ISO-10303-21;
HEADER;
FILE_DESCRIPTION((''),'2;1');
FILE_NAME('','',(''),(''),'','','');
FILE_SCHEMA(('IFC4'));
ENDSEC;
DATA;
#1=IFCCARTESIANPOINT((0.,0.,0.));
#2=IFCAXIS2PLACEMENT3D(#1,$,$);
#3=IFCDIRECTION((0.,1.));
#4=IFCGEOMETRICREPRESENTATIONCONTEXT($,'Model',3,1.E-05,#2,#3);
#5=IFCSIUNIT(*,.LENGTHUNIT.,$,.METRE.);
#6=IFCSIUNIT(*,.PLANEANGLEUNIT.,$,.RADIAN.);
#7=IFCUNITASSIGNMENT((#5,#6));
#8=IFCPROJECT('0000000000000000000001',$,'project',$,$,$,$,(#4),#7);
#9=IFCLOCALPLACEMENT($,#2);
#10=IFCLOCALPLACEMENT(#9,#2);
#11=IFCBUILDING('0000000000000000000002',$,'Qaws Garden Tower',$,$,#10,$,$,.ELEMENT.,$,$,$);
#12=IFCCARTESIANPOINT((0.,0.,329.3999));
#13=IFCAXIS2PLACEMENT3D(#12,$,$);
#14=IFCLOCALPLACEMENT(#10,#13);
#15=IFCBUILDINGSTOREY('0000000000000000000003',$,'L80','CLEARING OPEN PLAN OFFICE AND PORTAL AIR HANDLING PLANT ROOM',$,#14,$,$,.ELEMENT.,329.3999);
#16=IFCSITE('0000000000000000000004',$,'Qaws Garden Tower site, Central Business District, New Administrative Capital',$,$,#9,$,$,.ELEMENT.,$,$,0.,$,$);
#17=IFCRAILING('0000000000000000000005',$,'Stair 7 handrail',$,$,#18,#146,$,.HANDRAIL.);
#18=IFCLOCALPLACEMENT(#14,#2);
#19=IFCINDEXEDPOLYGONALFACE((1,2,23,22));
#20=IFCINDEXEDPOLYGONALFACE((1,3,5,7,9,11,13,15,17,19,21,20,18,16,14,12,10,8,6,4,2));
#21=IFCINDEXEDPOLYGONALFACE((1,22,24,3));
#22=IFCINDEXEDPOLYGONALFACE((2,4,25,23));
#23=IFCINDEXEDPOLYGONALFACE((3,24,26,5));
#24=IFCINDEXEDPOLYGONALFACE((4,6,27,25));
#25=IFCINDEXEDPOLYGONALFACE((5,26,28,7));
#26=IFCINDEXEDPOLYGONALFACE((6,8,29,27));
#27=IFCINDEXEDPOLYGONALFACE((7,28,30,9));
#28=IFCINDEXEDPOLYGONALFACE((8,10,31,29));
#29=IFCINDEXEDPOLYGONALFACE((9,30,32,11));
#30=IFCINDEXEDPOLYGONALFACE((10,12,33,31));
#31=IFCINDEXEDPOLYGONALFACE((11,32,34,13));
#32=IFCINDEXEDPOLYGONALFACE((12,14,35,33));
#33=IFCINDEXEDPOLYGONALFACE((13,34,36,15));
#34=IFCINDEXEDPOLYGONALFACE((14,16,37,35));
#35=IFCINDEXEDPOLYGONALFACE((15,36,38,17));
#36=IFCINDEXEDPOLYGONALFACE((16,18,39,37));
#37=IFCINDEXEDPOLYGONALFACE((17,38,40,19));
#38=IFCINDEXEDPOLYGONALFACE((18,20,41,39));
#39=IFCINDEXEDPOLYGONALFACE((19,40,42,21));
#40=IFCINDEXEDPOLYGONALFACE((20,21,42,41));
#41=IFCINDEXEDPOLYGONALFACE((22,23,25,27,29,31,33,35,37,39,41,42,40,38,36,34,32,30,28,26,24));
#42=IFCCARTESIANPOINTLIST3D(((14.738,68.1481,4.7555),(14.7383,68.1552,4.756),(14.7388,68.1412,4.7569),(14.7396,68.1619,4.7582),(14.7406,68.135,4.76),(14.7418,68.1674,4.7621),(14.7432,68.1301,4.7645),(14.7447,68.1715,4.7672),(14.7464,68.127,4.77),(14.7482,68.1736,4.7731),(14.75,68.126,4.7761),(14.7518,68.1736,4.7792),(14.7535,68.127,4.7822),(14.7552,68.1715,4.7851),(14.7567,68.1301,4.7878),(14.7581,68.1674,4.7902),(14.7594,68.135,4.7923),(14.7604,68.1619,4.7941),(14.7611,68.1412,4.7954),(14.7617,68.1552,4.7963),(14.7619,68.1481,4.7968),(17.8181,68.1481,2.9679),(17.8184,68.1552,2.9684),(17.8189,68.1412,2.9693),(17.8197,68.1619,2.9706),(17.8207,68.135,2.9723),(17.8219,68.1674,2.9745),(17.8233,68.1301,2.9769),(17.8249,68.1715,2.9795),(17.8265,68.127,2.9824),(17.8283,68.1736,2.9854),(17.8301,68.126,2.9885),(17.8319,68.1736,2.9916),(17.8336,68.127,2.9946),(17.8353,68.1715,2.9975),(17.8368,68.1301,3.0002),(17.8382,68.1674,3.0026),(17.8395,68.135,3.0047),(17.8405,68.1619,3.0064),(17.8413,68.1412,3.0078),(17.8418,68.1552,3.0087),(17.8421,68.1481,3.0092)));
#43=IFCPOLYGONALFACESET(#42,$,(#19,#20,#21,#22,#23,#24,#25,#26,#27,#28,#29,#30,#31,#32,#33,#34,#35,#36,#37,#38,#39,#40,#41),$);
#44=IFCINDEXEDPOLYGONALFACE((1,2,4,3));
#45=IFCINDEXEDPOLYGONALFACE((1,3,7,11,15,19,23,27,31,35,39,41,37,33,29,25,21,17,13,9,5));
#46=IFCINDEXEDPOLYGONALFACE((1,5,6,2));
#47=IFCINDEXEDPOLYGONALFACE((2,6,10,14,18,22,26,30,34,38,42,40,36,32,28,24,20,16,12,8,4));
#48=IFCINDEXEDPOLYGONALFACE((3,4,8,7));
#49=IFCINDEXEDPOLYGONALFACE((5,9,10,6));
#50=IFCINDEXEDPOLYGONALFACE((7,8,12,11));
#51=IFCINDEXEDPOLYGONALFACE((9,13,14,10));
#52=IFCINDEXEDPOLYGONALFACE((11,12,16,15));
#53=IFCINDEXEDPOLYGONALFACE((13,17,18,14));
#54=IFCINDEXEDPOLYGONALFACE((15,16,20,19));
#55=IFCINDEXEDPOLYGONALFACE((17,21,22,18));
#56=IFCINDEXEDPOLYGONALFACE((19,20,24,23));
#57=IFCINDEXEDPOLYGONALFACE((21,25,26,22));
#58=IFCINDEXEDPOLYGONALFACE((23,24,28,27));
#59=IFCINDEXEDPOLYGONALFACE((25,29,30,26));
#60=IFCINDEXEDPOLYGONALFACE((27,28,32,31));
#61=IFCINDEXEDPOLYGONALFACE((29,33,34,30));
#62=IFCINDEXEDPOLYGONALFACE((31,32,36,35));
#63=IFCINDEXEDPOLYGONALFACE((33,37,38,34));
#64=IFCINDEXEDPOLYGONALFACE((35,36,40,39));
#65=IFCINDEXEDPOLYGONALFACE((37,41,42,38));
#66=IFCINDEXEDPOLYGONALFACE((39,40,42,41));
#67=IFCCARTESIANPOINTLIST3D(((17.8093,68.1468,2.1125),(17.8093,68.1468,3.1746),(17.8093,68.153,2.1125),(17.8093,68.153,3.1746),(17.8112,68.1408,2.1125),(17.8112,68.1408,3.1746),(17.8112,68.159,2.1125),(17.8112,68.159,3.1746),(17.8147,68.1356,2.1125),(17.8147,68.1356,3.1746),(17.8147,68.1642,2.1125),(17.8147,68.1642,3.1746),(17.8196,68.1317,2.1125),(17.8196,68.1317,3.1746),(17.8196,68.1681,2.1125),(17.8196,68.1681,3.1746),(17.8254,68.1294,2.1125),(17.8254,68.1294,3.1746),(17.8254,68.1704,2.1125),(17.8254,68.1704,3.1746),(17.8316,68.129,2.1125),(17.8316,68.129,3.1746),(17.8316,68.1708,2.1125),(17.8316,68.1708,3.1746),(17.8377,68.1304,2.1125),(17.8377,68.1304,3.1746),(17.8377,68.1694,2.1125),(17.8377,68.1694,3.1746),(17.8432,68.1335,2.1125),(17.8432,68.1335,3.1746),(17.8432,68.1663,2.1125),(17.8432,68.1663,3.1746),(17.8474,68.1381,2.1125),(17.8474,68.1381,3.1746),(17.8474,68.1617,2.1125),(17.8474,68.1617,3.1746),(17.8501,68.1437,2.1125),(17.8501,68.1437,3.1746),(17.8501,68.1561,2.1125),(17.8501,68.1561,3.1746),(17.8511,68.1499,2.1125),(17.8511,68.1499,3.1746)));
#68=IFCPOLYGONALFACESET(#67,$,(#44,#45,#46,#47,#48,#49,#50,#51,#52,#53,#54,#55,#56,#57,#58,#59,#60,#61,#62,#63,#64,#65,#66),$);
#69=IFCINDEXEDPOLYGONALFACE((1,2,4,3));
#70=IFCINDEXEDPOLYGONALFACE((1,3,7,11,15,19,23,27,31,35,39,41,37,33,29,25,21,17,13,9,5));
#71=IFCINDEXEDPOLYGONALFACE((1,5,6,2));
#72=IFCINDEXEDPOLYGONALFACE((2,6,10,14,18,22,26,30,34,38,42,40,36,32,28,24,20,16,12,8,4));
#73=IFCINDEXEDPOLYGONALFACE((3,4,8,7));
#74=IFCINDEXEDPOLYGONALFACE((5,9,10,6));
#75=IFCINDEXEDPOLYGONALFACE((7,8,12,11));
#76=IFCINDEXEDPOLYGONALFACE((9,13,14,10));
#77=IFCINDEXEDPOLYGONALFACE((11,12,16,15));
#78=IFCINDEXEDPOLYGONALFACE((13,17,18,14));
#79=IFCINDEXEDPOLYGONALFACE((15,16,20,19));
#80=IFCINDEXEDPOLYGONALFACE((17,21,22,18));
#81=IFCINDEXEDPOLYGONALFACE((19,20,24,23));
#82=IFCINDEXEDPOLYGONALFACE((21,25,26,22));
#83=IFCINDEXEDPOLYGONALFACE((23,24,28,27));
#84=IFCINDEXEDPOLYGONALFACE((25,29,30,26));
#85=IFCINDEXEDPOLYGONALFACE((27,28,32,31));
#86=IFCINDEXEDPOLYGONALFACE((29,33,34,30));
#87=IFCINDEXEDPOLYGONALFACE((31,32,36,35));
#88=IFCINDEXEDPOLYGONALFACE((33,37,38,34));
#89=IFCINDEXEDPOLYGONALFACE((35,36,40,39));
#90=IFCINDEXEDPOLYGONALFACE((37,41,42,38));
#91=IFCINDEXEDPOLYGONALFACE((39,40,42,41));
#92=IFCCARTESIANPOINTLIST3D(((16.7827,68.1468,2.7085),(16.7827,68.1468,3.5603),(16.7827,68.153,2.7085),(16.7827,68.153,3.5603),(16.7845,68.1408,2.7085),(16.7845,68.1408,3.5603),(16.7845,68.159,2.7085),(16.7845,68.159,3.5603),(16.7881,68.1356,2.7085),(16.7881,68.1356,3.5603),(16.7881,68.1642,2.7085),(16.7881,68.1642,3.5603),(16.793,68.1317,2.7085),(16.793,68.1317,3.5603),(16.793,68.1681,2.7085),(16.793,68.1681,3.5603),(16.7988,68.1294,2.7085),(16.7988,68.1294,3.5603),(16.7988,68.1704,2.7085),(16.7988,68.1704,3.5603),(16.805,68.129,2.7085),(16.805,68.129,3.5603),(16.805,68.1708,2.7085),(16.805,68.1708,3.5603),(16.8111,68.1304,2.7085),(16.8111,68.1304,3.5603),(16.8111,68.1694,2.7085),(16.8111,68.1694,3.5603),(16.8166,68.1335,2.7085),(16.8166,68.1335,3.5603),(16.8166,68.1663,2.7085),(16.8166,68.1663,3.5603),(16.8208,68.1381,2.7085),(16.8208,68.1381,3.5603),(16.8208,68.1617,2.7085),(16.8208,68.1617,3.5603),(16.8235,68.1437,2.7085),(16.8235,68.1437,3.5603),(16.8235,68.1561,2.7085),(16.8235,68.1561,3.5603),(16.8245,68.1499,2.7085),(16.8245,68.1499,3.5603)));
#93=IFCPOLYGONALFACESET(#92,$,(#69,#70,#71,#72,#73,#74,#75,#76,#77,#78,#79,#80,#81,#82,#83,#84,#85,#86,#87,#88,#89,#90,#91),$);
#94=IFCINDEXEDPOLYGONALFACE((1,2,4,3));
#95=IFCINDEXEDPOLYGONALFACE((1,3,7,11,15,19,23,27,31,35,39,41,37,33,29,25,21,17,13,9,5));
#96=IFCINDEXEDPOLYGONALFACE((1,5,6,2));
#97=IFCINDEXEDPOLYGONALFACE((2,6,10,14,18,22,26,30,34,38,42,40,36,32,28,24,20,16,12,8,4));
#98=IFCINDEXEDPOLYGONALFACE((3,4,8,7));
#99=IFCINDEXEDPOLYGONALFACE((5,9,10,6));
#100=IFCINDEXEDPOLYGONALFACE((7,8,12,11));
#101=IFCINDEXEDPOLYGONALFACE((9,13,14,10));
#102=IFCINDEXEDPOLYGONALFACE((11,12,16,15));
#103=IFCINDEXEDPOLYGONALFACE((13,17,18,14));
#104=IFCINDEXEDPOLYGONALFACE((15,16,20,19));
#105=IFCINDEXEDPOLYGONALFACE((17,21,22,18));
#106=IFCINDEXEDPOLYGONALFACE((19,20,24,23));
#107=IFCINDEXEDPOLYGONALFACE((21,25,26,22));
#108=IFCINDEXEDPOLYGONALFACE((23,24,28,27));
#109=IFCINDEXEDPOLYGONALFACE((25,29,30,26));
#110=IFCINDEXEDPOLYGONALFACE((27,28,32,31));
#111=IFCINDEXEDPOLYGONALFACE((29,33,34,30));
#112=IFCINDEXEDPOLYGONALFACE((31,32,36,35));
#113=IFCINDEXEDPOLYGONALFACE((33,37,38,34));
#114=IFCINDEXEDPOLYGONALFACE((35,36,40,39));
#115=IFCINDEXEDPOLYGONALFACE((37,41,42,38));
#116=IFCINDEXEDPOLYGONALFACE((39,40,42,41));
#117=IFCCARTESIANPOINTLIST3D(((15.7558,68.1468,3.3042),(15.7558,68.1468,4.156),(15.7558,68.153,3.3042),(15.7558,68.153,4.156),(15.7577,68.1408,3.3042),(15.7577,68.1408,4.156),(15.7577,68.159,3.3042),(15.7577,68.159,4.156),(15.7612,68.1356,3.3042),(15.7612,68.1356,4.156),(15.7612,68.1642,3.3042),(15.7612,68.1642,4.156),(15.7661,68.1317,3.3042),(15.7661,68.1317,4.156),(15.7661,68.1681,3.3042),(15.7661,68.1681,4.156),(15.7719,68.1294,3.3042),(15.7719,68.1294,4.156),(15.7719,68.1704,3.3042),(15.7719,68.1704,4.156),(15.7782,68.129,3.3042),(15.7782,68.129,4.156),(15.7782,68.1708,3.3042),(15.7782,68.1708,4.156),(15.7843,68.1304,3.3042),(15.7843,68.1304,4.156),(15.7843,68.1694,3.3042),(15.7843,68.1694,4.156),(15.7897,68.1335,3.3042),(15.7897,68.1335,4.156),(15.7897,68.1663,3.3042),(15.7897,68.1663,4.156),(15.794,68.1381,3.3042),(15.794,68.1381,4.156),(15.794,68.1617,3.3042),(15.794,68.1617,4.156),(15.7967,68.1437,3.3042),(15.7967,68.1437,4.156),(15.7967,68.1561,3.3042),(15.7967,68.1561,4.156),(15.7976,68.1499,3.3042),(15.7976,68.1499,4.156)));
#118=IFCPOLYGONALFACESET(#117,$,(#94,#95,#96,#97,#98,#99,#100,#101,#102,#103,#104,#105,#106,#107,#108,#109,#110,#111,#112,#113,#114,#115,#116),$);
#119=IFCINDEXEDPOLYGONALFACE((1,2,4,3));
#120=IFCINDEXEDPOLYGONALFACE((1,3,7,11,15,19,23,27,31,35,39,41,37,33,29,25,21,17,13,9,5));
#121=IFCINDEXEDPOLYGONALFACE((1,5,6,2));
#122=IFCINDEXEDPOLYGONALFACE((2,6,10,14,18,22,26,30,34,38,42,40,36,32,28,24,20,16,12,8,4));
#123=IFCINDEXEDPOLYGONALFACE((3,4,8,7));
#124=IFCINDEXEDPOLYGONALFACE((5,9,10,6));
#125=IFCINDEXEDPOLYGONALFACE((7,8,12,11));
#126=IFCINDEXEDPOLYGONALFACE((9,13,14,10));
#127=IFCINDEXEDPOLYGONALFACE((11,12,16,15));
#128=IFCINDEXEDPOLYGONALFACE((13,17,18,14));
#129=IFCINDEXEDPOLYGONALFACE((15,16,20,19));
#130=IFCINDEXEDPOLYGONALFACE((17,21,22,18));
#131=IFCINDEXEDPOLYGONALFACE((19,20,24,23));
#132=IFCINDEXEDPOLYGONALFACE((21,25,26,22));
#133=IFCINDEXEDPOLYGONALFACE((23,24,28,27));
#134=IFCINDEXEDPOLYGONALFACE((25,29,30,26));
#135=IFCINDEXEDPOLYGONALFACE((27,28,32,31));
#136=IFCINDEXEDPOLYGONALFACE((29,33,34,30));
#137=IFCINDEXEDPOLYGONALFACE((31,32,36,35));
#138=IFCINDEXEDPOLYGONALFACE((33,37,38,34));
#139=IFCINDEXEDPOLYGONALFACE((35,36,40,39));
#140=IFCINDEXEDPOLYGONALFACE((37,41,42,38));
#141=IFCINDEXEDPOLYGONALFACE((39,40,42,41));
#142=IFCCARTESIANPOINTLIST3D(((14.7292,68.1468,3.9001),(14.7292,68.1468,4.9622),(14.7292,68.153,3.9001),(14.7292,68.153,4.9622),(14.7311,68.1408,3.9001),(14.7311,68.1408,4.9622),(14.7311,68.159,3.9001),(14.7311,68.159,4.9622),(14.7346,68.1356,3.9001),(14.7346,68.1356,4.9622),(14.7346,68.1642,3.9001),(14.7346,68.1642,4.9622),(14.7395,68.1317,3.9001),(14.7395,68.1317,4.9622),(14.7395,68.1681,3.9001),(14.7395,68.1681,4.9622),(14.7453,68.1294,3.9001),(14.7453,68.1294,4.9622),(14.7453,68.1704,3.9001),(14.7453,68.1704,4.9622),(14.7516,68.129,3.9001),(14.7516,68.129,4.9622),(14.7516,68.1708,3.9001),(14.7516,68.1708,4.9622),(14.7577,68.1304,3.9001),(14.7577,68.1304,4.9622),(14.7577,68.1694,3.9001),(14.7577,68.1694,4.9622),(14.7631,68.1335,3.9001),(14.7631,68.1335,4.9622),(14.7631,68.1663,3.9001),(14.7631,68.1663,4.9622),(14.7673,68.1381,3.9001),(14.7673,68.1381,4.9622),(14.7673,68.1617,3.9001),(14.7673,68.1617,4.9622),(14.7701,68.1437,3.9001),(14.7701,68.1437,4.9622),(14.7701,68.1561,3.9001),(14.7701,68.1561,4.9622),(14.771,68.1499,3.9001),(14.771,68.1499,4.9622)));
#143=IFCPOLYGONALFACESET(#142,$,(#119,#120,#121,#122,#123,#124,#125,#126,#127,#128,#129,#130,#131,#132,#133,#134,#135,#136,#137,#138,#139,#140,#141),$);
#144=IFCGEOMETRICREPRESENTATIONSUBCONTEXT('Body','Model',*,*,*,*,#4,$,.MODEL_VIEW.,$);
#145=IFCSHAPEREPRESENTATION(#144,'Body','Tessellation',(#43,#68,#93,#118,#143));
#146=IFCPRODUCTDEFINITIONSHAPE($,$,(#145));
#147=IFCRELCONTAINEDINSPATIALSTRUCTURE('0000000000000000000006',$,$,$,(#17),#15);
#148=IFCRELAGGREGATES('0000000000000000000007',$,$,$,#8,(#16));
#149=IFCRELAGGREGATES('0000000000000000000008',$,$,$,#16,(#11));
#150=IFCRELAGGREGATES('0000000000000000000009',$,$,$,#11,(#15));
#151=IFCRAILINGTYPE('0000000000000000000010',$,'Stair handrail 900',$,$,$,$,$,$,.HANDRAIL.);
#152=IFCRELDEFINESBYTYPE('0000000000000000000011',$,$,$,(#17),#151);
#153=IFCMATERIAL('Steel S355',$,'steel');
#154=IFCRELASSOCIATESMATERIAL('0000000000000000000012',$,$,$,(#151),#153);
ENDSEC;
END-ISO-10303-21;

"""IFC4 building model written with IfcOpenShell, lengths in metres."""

from ifc_helpers import new_model, si_unit, direction, frame, origin, origin_2d, place, context, subcontext, project, spatial, circle, extrude, material, type_object, element, save


model = new_model("IFC4")

# Units and contexts
model_context = context("Model", 3, precision=1e-05, world=origin(), true_north=direction((0.0, 1.0)))
body_context = subcontext(model_context, "Body", "Model", "MODEL_VIEW")
ifc_project = project(units=[si_unit("LENGTHUNIT", "METRE"), si_unit("PLANEANGLEUNIT", "RADIAN")], contexts=[model_context])

# Site, building, storey
site_placement = place(None, origin())
site = spatial("IfcSite", under=ifc_project, at=site_placement, Name="Qaws Garden Tower site, Central Business District, New Administrative Capital", CompositionType="ELEMENT", RefElevation=0.0)
building_placement = place(site_placement, origin())
building = spatial("IfcBuilding", under=site, at=building_placement, Name="Qaws Garden Tower", CompositionType="ELEMENT")
storey_placement = place(building_placement, frame((0.0, 0.0, 329.3999)))
storey = spatial("IfcBuildingStorey", under=building, at=storey_placement, Name="L80", Description="CLEARING OPEN PLAN OFFICE AND PORTAL AIR HANDLING PLANT ROOM", CompositionType="ELEMENT", Elevation=329.3999)

# Railing
ifc_material_1 = material(Name="Steel S355", Category="steel")
railing_type = type_object("IfcRailingType", Name="Stair handrail 900", PredefinedType="HANDRAIL", material=ifc_material_1)
railing_1_placement = place(storey_placement, frame((17.8301, 68.1499, 2.1125)))
element("IfcRailing", 1, at=railing_1_placement, inside=storey, type_object=railing_type, Name="Stair 7 handrail", PredefinedType="HANDRAIL", context=body_context, shape_type="SweptSolid", body=[
    extrude(circle(Radius=0.0239, at=origin_2d()), frame((0.0, 0.0, 0.876), z_axis=(-0.864891, 0.0, 0.50196), x_axis=(0.0, -1.0, 0.0)), (0.0, 0.0, 1.0), 3.5613),
    extrude(circle(Radius=0.021, at=origin_2d()), origin(), (0.0, 0.0, 1.0), 1.062),
    extrude(circle(Radius=0.021, at=origin_2d()), frame((-1.0266, 0.0, 0.5959)), (0.0, 0.0, 1.0), 0.8518),
    extrude(circle(Radius=0.021, at=origin_2d()), frame((-2.0535, 0.0, 1.1917)), (0.0, 0.0, 1.0), 0.8518),
    extrude(circle(Radius=0.021, at=origin_2d()), frame((-3.0801, 0.0, 1.7876)), (0.0, 0.0, 1.0), 1.062),
])

save(model, "model.ifc")
